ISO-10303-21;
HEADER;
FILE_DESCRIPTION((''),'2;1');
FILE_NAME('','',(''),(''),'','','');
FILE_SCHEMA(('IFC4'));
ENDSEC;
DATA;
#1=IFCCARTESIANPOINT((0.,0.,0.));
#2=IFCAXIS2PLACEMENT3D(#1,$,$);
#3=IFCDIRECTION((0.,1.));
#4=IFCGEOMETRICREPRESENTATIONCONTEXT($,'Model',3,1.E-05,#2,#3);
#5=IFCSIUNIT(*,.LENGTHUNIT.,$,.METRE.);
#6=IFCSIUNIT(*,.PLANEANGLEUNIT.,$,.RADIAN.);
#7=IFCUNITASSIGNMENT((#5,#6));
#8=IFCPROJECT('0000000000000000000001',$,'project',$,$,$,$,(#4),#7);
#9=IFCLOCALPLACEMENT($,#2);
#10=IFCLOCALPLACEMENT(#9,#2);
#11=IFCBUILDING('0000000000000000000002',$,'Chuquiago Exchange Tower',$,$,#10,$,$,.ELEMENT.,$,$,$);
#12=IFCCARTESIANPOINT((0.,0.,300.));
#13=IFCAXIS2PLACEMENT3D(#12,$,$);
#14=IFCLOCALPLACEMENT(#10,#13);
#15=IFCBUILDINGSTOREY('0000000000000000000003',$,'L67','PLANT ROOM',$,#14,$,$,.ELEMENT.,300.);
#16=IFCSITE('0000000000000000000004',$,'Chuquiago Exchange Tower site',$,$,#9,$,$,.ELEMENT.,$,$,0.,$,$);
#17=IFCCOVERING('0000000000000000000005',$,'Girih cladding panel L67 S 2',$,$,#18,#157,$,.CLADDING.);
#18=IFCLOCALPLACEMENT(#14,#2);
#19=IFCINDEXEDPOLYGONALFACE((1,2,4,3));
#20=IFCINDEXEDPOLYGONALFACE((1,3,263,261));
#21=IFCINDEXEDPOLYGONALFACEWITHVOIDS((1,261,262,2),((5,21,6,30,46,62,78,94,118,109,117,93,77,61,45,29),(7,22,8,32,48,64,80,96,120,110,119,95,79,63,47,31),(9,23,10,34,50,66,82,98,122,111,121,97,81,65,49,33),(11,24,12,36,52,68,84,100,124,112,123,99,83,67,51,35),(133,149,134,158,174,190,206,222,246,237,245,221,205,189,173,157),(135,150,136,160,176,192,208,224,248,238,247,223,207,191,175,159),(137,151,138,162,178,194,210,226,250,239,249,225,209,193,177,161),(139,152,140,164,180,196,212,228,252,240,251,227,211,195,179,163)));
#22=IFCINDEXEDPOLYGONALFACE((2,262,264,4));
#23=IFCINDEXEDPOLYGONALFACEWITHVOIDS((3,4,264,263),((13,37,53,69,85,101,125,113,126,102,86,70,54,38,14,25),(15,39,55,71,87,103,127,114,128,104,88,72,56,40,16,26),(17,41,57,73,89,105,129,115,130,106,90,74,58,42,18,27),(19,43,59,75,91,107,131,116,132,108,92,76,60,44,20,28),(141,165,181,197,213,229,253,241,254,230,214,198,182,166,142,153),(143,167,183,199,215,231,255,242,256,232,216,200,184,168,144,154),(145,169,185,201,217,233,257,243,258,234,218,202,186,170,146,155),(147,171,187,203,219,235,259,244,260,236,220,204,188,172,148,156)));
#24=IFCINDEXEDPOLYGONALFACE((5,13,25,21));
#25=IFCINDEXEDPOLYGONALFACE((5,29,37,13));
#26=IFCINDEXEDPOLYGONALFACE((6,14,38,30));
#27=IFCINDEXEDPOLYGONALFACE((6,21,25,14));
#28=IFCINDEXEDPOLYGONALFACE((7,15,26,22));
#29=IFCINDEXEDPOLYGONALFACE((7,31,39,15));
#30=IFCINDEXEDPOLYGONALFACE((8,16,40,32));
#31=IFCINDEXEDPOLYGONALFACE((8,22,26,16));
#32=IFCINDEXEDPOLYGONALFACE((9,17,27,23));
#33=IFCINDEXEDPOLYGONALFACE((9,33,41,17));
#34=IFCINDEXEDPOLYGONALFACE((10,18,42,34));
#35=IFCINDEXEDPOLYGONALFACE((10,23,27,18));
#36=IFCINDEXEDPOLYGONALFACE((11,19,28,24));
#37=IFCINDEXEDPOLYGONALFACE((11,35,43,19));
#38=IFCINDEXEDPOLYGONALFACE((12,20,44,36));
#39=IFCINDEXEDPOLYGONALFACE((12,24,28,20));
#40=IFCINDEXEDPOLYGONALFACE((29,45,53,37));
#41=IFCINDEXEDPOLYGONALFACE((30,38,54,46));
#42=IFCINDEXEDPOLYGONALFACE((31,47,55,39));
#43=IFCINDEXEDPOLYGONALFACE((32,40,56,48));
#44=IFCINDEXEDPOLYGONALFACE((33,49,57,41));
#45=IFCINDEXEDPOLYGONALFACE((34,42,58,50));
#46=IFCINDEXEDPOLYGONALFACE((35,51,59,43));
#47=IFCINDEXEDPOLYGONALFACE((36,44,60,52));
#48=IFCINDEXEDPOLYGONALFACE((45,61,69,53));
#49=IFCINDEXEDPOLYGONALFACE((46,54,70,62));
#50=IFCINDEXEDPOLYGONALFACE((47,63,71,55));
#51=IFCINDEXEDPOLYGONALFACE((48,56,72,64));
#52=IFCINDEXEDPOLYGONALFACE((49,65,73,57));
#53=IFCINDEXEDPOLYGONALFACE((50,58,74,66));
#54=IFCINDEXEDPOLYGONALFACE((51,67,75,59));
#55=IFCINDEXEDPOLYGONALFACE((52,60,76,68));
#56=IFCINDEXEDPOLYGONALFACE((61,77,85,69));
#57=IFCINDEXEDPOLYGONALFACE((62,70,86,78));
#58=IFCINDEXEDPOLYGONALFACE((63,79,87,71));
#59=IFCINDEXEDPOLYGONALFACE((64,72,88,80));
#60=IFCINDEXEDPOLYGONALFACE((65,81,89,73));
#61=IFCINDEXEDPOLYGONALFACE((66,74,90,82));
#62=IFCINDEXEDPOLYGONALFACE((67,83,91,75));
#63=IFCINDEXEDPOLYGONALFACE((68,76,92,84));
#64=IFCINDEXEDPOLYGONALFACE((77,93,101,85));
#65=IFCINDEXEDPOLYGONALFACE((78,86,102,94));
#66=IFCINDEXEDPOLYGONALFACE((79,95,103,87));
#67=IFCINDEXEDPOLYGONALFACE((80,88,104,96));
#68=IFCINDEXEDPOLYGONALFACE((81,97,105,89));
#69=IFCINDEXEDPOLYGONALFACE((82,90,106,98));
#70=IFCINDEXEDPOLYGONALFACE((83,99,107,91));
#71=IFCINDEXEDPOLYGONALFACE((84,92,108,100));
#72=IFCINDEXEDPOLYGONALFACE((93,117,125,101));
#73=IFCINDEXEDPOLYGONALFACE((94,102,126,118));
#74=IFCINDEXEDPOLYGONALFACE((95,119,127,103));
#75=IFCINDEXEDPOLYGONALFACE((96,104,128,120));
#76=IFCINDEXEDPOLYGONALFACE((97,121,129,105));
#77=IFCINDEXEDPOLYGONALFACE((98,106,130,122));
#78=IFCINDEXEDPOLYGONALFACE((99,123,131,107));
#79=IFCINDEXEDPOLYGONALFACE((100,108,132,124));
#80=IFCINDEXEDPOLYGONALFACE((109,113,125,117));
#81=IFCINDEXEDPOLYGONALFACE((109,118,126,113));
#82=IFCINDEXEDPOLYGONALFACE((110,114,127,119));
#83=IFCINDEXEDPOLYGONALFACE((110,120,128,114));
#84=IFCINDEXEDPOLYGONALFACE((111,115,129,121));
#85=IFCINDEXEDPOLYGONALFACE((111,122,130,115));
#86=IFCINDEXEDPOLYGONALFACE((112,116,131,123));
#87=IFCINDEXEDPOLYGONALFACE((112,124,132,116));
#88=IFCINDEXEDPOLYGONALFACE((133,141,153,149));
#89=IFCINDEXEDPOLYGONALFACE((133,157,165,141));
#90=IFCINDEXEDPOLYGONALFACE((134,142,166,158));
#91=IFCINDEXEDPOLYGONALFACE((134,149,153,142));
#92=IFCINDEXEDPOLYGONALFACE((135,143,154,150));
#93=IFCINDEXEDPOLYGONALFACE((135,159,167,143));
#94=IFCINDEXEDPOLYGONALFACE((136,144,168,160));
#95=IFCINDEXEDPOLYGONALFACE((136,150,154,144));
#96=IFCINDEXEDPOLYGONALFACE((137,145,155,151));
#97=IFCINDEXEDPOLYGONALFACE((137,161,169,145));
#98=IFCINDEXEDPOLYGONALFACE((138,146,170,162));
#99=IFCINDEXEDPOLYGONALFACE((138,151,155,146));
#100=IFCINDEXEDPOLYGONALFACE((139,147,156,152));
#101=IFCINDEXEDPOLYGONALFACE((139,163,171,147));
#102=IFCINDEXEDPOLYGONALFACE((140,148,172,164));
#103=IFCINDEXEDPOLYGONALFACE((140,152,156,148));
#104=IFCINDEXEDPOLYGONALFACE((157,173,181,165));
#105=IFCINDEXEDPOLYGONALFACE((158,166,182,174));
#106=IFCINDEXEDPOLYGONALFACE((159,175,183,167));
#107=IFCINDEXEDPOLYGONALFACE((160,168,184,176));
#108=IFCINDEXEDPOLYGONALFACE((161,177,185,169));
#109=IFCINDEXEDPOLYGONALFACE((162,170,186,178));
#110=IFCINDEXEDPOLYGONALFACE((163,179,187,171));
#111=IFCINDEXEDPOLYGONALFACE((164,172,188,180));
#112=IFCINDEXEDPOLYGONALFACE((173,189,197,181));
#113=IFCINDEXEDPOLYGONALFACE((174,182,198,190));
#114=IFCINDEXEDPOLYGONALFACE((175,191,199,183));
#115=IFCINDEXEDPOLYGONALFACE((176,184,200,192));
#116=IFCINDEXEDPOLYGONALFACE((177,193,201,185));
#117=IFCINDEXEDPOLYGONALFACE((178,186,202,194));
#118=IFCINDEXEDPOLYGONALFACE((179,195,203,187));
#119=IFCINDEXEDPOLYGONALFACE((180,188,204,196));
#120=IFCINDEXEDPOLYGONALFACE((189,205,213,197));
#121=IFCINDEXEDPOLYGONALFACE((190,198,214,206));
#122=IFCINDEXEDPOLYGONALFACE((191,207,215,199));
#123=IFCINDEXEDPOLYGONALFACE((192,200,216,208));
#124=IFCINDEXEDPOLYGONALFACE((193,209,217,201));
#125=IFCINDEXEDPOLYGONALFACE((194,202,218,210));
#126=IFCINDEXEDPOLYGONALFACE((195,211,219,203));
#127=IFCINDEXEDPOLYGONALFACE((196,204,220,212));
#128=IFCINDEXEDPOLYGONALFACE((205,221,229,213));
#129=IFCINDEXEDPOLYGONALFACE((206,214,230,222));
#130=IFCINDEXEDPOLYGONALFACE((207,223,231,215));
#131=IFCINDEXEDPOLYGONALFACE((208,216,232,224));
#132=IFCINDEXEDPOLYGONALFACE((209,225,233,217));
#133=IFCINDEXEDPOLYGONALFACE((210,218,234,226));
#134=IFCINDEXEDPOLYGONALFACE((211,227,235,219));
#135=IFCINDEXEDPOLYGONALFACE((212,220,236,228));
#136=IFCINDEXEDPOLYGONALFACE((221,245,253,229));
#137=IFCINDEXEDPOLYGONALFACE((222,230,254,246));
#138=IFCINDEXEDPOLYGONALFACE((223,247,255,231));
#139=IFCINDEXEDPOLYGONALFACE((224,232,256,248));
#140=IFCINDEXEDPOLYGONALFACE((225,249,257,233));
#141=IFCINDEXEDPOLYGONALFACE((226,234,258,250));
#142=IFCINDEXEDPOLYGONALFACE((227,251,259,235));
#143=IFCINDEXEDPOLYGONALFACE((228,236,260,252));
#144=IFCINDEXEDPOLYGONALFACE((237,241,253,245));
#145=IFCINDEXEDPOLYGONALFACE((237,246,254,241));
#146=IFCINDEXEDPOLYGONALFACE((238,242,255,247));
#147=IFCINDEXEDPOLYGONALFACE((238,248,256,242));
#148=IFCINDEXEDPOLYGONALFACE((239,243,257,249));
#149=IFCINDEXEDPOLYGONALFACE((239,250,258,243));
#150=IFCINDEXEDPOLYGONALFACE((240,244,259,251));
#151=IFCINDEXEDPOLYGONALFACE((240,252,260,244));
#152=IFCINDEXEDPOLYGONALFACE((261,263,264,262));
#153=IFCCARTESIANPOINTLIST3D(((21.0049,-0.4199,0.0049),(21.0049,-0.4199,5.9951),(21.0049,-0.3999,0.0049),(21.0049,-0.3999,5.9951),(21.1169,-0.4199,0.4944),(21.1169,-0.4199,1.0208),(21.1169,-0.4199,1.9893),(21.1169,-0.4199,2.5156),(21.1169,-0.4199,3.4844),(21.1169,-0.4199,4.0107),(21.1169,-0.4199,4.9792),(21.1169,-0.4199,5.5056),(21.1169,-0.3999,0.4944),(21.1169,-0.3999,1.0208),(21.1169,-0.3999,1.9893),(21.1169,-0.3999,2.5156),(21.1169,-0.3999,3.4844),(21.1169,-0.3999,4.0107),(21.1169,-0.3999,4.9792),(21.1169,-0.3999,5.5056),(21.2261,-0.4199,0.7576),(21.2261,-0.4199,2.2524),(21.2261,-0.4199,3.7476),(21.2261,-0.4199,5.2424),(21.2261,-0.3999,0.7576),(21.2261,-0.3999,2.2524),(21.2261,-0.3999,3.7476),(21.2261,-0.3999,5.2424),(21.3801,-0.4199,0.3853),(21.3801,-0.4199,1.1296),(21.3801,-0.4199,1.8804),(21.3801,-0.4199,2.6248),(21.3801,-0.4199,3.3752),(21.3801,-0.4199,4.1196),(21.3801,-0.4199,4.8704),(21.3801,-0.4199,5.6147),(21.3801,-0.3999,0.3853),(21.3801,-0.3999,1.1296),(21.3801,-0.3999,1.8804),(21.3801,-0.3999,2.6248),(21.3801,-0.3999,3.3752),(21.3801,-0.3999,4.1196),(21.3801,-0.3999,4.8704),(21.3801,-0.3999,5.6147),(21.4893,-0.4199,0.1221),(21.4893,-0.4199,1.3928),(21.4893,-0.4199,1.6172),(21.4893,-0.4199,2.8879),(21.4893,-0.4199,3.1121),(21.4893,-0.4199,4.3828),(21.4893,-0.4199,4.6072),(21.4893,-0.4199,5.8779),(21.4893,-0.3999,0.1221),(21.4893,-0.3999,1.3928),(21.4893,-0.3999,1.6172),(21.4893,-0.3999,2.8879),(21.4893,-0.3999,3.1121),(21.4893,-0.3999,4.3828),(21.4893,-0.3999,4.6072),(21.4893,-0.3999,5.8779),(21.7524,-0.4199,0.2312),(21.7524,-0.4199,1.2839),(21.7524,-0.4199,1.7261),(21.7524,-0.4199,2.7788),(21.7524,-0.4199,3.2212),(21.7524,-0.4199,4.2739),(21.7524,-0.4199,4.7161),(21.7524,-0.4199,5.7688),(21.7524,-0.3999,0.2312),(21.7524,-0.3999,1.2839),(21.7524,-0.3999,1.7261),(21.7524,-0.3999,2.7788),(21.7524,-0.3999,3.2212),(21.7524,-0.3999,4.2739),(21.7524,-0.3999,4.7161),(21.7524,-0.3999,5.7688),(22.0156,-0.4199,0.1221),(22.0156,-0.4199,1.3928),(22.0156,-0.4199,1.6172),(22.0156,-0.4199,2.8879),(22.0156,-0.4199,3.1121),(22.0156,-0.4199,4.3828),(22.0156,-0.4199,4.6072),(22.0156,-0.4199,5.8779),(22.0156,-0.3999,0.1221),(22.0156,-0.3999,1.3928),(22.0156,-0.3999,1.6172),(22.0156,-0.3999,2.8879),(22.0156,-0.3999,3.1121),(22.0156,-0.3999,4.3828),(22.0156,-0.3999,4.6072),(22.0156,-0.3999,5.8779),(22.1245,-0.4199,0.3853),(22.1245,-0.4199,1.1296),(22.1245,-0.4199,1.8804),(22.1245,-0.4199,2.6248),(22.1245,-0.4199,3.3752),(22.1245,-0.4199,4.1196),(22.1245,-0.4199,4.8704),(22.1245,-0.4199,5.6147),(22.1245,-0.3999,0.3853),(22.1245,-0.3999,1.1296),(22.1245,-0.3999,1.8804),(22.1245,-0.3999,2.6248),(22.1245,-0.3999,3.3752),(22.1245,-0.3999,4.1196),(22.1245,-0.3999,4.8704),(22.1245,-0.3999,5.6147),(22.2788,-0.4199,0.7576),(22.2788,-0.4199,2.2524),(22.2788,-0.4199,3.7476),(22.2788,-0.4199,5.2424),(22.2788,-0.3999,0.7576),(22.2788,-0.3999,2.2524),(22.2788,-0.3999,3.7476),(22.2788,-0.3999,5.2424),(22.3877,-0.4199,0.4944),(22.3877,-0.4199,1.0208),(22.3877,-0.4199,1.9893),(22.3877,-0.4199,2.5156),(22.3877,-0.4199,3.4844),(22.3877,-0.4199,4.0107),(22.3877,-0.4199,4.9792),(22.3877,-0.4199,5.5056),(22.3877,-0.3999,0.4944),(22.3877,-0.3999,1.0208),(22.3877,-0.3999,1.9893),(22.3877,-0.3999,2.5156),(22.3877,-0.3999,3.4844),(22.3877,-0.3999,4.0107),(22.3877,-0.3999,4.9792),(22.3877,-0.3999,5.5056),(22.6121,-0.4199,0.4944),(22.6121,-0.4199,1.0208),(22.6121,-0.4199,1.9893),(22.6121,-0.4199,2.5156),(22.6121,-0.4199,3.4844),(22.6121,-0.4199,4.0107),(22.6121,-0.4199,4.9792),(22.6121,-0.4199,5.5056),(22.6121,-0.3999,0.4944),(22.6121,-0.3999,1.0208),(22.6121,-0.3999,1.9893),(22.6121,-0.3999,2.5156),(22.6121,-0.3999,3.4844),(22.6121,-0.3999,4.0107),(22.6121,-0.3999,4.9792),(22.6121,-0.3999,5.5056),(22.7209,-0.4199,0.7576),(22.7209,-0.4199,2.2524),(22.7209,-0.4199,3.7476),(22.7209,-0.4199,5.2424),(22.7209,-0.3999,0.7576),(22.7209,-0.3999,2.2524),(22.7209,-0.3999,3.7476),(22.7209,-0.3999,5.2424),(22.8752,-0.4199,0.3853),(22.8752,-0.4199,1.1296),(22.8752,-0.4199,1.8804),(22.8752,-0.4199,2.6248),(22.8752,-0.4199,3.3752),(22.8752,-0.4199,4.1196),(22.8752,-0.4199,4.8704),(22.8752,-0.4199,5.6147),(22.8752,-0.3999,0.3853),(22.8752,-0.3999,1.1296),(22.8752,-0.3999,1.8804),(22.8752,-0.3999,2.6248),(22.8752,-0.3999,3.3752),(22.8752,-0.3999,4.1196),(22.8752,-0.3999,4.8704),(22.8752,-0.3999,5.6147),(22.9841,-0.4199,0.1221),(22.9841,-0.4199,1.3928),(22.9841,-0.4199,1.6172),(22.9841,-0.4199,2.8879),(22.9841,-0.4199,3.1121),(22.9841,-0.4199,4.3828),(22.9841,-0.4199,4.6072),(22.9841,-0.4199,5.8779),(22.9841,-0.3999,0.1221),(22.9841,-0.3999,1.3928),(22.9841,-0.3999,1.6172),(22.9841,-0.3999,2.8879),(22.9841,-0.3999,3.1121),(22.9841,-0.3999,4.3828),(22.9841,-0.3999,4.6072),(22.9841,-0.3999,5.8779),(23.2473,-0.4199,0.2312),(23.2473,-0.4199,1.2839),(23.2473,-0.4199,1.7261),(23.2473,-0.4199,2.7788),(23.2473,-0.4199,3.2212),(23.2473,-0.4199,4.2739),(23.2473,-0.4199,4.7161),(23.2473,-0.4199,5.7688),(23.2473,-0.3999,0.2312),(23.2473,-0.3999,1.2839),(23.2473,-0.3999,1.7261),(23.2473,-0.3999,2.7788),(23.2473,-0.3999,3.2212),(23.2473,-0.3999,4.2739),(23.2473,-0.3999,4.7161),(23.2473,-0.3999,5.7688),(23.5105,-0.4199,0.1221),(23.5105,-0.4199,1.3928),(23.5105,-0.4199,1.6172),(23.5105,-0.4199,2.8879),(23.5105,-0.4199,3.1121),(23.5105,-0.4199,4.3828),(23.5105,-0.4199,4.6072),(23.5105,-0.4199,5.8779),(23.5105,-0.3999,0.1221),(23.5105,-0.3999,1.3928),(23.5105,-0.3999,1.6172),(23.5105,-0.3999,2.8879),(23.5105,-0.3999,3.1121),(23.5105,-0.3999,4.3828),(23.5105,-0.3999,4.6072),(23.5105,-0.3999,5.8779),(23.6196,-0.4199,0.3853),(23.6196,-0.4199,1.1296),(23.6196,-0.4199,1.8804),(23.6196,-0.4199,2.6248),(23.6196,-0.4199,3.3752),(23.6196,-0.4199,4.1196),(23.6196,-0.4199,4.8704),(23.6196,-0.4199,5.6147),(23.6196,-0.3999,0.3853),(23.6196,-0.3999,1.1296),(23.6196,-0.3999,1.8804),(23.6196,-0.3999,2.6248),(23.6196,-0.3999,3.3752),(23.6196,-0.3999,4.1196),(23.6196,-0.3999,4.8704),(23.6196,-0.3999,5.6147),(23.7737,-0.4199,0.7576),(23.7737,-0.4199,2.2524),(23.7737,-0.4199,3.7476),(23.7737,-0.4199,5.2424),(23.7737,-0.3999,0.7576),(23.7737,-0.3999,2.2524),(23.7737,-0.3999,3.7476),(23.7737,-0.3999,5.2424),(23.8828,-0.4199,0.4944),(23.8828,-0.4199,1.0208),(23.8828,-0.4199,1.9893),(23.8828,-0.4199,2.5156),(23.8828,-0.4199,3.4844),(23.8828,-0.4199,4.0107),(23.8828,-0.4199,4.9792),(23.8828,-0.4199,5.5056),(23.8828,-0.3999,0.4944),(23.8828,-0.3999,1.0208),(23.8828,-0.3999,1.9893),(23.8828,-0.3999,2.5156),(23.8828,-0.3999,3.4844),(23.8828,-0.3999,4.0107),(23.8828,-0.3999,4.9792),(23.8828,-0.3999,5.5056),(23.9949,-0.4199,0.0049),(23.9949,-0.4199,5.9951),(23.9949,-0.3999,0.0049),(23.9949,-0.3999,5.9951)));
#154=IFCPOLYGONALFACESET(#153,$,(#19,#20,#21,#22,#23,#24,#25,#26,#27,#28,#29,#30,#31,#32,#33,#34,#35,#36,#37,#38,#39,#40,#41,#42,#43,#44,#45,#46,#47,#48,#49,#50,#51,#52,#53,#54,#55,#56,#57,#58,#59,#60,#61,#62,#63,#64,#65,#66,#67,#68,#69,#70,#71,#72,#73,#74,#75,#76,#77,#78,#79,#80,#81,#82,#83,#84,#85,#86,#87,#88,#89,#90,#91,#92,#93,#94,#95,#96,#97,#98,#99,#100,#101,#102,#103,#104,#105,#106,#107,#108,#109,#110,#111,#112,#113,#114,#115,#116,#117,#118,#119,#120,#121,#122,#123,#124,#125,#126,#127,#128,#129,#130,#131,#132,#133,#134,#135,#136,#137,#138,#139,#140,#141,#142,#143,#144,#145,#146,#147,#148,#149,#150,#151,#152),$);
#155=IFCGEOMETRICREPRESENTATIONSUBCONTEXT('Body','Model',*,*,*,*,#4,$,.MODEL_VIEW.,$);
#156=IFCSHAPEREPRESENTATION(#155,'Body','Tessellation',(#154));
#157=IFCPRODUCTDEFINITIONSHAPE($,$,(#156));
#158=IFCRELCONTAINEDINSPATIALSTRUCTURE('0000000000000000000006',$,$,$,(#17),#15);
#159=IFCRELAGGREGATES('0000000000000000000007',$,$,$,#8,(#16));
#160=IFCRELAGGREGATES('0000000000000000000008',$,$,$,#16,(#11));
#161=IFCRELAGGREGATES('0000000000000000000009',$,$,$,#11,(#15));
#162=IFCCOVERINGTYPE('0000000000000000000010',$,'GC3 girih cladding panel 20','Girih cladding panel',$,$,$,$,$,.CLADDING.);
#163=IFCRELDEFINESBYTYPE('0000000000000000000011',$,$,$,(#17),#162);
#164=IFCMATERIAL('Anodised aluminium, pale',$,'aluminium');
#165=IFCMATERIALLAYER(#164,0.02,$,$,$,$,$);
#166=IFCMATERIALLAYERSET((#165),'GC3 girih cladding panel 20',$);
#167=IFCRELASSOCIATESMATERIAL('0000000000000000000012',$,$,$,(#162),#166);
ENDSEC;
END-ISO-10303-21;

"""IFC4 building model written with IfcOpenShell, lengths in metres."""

from ifc_helpers import new_model, si_unit, direction, frame, origin, place, context, subcontext, project, spatial, polyline, outline, extrude, material, layer, layer_set, type_object, element, save


model = new_model("IFC4")

# Units and contexts
model_context = context("Model", 3, precision=1e-05, world=origin(), true_north=direction((0.0, 1.0)))
body_context = subcontext(model_context, "Body", "Model", "MODEL_VIEW")
ifc_project = project(units=[si_unit("LENGTHUNIT", "METRE"), si_unit("PLANEANGLEUNIT", "RADIAN")], contexts=[model_context])

# Site, building, storey
site_placement = place(None, origin())
site = spatial("IfcSite", under=ifc_project, at=site_placement, Name="Chuquiago Exchange Tower site", CompositionType="ELEMENT", RefElevation=0.0)
building_placement = place(site_placement, origin())
building = spatial("IfcBuilding", under=site, at=building_placement, Name="Chuquiago Exchange Tower", CompositionType="ELEMENT")
storey_placement = place(building_placement, frame((0.0, 0.0, 300.0)))
storey = spatial("IfcBuildingStorey", under=building, at=storey_placement, Name="L67", Description="PLANT ROOM", CompositionType="ELEMENT", Elevation=300.0)

# Covering
ifc_material_1 = material(Name="Anodised aluminium, pale", Category="aluminium")
ifc_layer_1 = layer(ifc_material_1, 0.02)
ifc_layer_set_1 = layer_set([ifc_layer_1], Name="GC3 girih cladding panel 20")
covering_type_1 = type_object("IfcCoveringType", Name="GC3 girih cladding panel 20", Description="Girih cladding panel", PredefinedType="CLADDING", material=ifc_layer_set_1)
covering_1_placement = place(storey_placement, frame((21.0049, -0.3999, 0.0049), z_axis=(0.0, 0.0, 1.0), x_axis=(1.0, 0.0, 0.0)))
element("IfcCovering", 1, at=covering_1_placement, inside=storey, type_object=covering_type_1, Name="Girih cladding panel L67 S 2", PredefinedType="CLADDING", context=body_context, shape_type="SweptSolid", body=[
    extrude(outline(polyline([(0.0, 0.0), (2.99, 0.0), (2.99, 5.9902), (0.0, 5.9902), (0.0, 0.0)]), holes=[polyline([(1.2739, 0.7527), (1.3828, 1.0159), (1.1196, 1.1248), (1.0107, 1.3879), (0.7476, 1.2791), (0.4844, 1.3879), (0.3752, 1.1248), (0.1121, 1.0159), (0.2212, 0.7527), (0.1121, 0.4895), (0.3752, 0.3804), (0.4844, 0.1172), (0.7476, 0.2263), (1.0107, 0.1172), (1.1196, 0.3804), (1.3828, 0.4895), (1.2739, 0.7527)]), polyline([(2.7688, 0.7527), (2.8779, 1.0159), (2.6147, 1.1248), (2.5056, 1.3879), (2.2424, 1.2791), (1.9792, 1.3879), (1.8704, 1.1248), (1.6072, 1.0159), (1.7161, 0.7527), (1.6072, 0.4895), (1.8704, 0.3804), (1.9792, 0.1172), (2.2424, 0.2263), (2.5056, 0.1172), (2.6147, 0.3804), (2.8779, 0.4895), (2.7688, 0.7527)]), polyline([(1.2739, 2.2476), (1.3828, 2.5107), (1.1196, 2.6199), (1.0107, 2.8831), (0.7476, 2.7739), (0.4844, 2.8831), (0.3752, 2.6199), (0.1121, 2.5107), (0.2212, 2.2476), (0.1121, 1.9844), (0.3752, 1.8755), (0.4844, 1.6123), (0.7476, 1.7212), (1.0107, 1.6123), (1.1196, 1.8755), (1.3828, 1.9844), (1.2739, 2.2476)]), polyline([(2.7688, 2.2476), (2.8779, 2.5107), (2.6147, 2.6199), (2.5056, 2.8831), (2.2424, 2.7739), (1.9792, 2.8831), (1.8704, 2.6199), (1.6072, 2.5107), (1.7161, 2.2476), (1.6072, 1.9844), (1.8704, 1.8755), (1.9792, 1.6123), (2.2424, 1.7212), (2.5056, 1.6123), (2.6147, 1.8755), (2.8779, 1.9844), (2.7688, 2.2476)]), polyline([(1.2739, 3.7427), (1.3828, 4.0059), (1.1196, 4.1147), (1.0107, 4.3779), (0.7476, 4.269), (0.4844, 4.3779), (0.3752, 4.1147), (0.1121, 4.0059), (0.2212, 3.7427), (0.1121, 3.4795), (0.3752, 3.3704), (0.4844, 3.1072), (0.7476, 3.2163), (1.0107, 3.1072), (1.1196, 3.3704), (1.3828, 3.4795), (1.2739, 3.7427)]), polyline([(2.7688, 3.7427), (2.8779, 4.0059), (2.6147, 4.1147), (2.5056, 4.3779), (2.2424, 4.269), (1.9792, 4.3779), (1.8704, 4.1147), (1.6072, 4.0059), (1.7161, 3.7427), (1.6072, 3.4795), (1.8704, 3.3704), (1.9792, 3.1072), (2.2424, 3.2163), (2.5056, 3.1072), (2.6147, 3.3704), (2.8779, 3.4795), (2.7688, 3.7427)]), polyline([(1.2739, 5.2375), (1.3828, 5.5007), (1.1196, 5.6099), (1.0107, 5.873), (0.7476, 5.7639), (0.4844, 5.873), (0.3752, 5.6099), (0.1121, 5.5007), (0.2212, 5.2375), (0.1121, 4.9744), (0.3752, 4.8655), (0.4844, 4.6023), (0.7476, 4.7112), (1.0107, 4.6023), (1.1196, 4.8655), (1.3828, 4.9744), (1.2739, 5.2375)]), polyline([(2.7688, 5.2375), (2.8779, 5.5007), (2.6147, 5.6099), (2.5056, 5.873), (2.2424, 5.7639), (1.9792, 5.873), (1.8704, 5.6099), (1.6072, 5.5007), (1.7161, 5.2375), (1.6072, 4.9744), (1.8704, 4.8655), (1.9792, 4.6023), (2.2424, 4.7112), (2.5056, 4.6023), (2.6147, 4.8655), (2.8779, 4.9744), (2.7688, 5.2375)])]), frame((0.0, 0.0, 0.0), z_axis=(0.0, -1.0, 0.0), x_axis=(1.0, 0.0, 0.0)), (0.0, 0.0, 1.0), 0.02),
])

save(model, "model.ifc")
